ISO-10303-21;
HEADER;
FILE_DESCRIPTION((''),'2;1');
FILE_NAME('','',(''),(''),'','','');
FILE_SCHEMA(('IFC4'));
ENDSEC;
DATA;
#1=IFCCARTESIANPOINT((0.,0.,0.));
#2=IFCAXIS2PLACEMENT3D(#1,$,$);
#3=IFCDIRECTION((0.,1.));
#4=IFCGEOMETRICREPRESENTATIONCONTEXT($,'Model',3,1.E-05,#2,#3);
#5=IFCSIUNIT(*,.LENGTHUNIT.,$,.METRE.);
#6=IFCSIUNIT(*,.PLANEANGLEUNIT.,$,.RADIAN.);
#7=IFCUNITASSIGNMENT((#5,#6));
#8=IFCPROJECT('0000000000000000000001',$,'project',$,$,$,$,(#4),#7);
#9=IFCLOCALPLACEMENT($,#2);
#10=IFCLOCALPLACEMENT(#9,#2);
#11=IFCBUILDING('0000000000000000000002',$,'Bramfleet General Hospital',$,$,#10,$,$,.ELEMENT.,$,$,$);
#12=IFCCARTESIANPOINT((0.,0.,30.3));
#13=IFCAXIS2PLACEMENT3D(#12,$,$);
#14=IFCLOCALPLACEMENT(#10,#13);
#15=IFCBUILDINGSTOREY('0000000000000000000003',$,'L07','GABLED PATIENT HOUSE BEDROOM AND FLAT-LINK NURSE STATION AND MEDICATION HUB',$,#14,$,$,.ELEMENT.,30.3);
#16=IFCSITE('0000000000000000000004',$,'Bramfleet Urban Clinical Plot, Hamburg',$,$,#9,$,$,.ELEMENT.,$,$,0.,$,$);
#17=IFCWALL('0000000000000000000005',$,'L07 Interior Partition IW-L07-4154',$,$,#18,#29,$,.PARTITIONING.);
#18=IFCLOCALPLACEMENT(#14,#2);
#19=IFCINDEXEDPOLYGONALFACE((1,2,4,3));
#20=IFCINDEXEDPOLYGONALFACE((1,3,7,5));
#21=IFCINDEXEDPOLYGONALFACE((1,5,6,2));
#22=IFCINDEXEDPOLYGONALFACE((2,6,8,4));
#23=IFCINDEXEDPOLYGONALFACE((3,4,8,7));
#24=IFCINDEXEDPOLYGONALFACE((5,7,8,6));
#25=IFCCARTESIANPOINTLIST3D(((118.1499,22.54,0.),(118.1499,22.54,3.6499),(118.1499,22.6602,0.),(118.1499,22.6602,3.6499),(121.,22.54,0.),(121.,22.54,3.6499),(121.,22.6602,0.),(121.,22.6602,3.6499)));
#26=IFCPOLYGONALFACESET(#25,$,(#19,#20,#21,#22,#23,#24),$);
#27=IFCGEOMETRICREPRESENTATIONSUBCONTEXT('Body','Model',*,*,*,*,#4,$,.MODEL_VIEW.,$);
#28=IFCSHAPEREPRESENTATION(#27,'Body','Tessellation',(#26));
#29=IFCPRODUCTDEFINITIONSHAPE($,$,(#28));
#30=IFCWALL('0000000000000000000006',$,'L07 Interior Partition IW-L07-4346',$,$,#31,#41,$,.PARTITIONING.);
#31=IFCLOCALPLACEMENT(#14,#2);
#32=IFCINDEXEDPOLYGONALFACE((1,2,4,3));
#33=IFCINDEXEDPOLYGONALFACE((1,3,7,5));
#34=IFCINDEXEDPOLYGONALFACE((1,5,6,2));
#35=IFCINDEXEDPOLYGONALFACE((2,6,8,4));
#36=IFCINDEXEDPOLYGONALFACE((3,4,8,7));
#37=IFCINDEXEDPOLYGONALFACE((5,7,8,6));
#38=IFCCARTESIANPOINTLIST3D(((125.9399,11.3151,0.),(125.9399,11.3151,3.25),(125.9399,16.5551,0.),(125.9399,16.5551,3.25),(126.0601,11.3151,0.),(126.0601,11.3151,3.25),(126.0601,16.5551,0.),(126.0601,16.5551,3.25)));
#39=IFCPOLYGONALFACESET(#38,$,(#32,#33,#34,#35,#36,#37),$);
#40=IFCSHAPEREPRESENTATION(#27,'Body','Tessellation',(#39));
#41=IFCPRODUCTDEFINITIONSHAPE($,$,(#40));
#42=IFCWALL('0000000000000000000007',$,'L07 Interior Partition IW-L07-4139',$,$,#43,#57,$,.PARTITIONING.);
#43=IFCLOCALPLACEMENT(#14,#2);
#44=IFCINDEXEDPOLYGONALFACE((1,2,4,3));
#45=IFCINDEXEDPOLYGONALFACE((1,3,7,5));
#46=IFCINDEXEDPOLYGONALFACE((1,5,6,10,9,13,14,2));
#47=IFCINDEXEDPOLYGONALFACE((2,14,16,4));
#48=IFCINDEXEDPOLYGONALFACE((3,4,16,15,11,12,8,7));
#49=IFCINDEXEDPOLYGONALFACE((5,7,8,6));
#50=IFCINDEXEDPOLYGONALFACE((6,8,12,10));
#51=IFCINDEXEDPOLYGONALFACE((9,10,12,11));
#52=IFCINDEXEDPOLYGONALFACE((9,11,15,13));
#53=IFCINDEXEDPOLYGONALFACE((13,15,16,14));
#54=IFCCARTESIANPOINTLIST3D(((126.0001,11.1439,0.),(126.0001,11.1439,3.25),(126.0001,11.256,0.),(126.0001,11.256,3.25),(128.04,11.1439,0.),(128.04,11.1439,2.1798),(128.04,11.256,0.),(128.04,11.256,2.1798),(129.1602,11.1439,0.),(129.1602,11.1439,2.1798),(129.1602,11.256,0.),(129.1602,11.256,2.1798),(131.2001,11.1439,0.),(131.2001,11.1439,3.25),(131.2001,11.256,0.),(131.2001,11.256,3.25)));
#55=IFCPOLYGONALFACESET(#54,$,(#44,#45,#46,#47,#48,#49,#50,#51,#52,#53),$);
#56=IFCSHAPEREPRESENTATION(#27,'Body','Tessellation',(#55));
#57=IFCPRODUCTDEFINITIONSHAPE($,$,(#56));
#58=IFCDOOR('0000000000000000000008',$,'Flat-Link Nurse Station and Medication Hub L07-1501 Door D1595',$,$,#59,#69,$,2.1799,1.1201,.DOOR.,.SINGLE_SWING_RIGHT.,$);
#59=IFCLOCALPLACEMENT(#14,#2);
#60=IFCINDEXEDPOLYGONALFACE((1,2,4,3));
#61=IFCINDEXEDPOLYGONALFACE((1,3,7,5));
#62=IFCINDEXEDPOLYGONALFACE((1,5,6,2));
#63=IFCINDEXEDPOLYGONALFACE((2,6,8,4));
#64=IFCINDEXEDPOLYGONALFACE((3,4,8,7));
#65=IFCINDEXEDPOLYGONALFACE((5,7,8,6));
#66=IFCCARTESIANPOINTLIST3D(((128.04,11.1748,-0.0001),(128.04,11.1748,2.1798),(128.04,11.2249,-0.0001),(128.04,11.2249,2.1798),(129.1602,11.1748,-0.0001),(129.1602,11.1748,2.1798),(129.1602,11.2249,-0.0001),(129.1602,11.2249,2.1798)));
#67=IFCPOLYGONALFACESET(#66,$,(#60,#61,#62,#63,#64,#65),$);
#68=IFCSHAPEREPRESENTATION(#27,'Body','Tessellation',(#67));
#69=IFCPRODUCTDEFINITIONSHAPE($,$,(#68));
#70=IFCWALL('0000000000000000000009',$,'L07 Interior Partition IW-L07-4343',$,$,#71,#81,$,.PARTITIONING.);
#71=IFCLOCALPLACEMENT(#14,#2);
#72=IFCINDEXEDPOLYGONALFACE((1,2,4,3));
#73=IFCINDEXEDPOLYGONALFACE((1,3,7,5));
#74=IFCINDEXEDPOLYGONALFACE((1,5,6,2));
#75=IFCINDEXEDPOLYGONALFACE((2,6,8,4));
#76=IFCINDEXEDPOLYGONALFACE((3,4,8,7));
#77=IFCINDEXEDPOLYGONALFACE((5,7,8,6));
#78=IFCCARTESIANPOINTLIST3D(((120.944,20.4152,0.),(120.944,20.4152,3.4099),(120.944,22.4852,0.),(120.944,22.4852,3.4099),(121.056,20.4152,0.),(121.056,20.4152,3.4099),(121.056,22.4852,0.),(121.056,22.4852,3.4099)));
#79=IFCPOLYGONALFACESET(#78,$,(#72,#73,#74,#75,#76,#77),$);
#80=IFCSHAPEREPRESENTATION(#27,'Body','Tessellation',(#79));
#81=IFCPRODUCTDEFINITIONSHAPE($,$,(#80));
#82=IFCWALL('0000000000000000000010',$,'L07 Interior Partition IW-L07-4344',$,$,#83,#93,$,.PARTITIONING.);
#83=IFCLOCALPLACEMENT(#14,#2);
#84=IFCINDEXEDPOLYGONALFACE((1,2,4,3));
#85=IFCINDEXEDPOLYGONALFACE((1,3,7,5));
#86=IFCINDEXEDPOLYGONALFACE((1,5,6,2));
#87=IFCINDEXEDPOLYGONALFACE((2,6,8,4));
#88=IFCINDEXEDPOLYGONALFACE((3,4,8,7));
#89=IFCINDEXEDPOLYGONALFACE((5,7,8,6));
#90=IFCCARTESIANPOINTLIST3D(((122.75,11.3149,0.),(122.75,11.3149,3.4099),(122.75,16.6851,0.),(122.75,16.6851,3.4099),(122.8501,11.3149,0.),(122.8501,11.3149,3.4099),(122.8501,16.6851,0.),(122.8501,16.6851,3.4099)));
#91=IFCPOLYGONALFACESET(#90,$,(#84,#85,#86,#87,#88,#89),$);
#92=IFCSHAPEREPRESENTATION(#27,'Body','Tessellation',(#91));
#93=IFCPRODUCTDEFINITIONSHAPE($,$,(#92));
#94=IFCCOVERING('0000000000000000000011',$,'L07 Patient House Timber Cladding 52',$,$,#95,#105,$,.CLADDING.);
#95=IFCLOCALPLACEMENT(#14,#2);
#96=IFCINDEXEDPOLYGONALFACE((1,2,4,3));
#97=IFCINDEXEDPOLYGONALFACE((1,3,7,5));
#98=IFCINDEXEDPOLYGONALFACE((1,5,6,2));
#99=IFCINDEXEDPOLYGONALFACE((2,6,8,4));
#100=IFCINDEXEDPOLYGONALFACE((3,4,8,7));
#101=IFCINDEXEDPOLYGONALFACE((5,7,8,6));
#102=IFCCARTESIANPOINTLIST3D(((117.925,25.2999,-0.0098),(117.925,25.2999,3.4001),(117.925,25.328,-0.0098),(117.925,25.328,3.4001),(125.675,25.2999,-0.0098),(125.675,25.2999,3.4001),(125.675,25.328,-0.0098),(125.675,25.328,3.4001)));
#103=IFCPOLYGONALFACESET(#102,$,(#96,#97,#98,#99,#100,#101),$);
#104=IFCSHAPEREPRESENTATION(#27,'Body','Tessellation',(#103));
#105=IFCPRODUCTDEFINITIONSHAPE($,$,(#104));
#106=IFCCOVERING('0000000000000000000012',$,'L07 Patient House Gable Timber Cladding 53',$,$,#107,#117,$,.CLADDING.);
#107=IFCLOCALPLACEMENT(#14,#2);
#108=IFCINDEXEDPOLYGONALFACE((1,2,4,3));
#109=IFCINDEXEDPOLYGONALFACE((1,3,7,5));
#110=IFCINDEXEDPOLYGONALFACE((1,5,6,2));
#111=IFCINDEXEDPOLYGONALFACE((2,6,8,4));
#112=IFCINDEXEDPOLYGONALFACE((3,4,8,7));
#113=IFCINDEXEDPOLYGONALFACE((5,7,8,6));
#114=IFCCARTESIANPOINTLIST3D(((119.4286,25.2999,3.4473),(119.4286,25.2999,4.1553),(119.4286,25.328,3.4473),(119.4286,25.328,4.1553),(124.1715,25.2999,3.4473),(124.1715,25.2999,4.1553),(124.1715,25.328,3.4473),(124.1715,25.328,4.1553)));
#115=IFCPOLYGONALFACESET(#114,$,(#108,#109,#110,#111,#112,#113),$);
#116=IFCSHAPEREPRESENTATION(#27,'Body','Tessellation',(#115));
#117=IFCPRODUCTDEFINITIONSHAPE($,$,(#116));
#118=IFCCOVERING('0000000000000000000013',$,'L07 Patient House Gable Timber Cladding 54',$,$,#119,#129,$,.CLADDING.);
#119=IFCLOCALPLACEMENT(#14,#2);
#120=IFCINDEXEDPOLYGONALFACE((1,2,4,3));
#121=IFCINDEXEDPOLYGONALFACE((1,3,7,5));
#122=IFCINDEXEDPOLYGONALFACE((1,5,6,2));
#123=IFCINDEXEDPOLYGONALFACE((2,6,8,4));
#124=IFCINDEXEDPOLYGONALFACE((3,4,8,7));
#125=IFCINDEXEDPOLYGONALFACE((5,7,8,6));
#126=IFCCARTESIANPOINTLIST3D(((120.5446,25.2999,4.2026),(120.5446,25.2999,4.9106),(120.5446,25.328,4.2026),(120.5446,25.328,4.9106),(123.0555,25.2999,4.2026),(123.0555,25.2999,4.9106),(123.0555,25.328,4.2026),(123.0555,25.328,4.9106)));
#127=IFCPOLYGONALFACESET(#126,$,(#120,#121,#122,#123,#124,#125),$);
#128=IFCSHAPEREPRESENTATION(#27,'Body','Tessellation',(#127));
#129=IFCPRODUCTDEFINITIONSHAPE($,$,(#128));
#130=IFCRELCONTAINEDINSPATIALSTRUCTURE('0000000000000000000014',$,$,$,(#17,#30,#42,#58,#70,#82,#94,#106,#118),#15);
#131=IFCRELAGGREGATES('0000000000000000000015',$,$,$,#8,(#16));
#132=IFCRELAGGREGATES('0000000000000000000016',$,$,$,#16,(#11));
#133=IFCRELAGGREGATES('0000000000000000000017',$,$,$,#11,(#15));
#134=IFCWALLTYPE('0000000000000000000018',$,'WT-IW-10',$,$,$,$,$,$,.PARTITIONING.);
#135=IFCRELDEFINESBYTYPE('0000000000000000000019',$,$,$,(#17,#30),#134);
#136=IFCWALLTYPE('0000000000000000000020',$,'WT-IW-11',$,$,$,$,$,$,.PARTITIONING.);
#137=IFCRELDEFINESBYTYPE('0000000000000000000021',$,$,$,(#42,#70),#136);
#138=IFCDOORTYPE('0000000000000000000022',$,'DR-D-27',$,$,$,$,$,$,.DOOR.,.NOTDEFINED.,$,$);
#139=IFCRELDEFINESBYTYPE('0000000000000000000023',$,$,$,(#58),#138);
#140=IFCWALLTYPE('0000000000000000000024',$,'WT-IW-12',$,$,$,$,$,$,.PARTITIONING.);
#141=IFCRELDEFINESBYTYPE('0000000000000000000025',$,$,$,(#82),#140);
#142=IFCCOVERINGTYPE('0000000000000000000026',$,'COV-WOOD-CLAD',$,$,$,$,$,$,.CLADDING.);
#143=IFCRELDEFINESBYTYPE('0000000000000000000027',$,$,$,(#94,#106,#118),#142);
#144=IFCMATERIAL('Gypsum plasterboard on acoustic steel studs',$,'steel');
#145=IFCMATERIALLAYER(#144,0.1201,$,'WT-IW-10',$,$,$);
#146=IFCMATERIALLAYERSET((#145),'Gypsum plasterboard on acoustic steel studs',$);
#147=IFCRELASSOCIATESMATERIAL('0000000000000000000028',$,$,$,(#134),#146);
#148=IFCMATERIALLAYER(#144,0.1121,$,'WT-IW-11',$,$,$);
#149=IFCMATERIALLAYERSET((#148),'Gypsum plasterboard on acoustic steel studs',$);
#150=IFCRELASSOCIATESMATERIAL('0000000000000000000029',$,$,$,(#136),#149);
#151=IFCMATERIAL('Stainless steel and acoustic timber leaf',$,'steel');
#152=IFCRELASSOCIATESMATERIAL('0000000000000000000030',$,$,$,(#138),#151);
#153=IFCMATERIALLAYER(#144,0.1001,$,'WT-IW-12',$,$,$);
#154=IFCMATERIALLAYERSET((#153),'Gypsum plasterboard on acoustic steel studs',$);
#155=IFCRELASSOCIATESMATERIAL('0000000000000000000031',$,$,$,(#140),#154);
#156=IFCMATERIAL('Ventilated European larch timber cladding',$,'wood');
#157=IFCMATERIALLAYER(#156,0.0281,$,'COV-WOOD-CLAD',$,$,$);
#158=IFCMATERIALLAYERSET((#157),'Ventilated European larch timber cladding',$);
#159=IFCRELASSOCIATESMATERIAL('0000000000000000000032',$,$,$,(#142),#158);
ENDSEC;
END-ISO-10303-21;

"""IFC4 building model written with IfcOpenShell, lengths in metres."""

from ifc_helpers import new_model, si_unit, direction, frame, frame_2d, origin, origin_2d, place, context, subcontext, project, spatial, rectangle, extrude, material, layer, layer_set, type_object, element, fill, save


model = new_model("IFC4")

# Units and contexts
model_context = context("Model", 3, precision=1e-05, world=origin(), true_north=direction((0.0, 1.0)))
body_context = subcontext(model_context, "Body", "Model", "MODEL_VIEW")
ifc_project = project(units=[si_unit("LENGTHUNIT", "METRE"), si_unit("PLANEANGLEUNIT", "RADIAN")], contexts=[model_context])

# Site, building, storey
site_placement = place(None, origin())
site = spatial("IfcSite", under=ifc_project, at=site_placement, Name="Bramfleet Urban Clinical Plot, Hamburg", CompositionType="ELEMENT", RefElevation=0.0)
building_placement = place(site_placement, origin())
building = spatial("IfcBuilding", under=site, at=building_placement, Name="Bramfleet General Hospital", CompositionType="ELEMENT")
storey_placement = place(building_placement, frame((0.0, 0.0, 30.3)))
storey = spatial("IfcBuildingStorey", under=building, at=storey_placement, Name="L07", Description="GABLED PATIENT HOUSE BEDROOM AND FLAT-LINK NURSE STATION AND MEDICATION HUB", CompositionType="ELEMENT", Elevation=30.3)

# Shared definitions
ifc_material_1 = material(Name="Stainless steel and acoustic timber leaf", Category="steel")

# Shared definitions
ifc_material_2 = material(Name="Gypsum plasterboard on acoustic steel studs", Category="steel")

# Walls
ifc_layer_1 = layer(ifc_material_2, 0.1201, Name="WT-IW-10")
ifc_layer_set_1 = layer_set([ifc_layer_1], Name="Gypsum plasterboard on acoustic steel studs")
wall_type_1 = type_object("IfcWallType", Name="WT-IW-10", PredefinedType="PARTITIONING", material=ifc_layer_set_1)
wall_1_placement = place(storey_placement, frame((118.1499, 22.6001, 0.0), z_axis=(0.0, 0.0, 1.0), x_axis=(1.0, 0.0, 0.0)))
element("IfcWall", 1, at=wall_1_placement, inside=storey, type_object=wall_type_1, Name="L07 Interior Partition IW-L07-4154", PredefinedType="PARTITIONING", context=body_context, shape_type="SweptSolid", body=[
    extrude(rectangle(XDim=2.8501, YDim=0.1201, at=frame_2d((1.425, 0.0))), origin(), (0.0, 0.0, 1.0), 3.6499),
])
wall_2_placement = place(storey_placement, frame((126.0, 11.3149, 0.0), z_axis=(0.0, 0.0, 1.0), x_axis=(0.0, 1.0, 0.0)))
element("IfcWall", 2, at=wall_2_placement, inside=storey, type_object=wall_type_1, Name="L07 Interior Partition IW-L07-4346", PredefinedType="PARTITIONING", context=body_context, shape_type="SweptSolid", body=[
    extrude(rectangle(XDim=5.24, YDim=0.1201, at=frame_2d((2.6201, 0.0))), origin(), (0.0, 0.0, 1.0), 3.25),
])

# Wall, opening, door
ifc_layer_2 = layer(ifc_material_2, 0.1121, Name="WT-IW-11")
ifc_layer_set_2 = layer_set([ifc_layer_2], Name="Gypsum plasterboard on acoustic steel studs")
wall_type_2 = type_object("IfcWallType", Name="WT-IW-11", PredefinedType="PARTITIONING", material=ifc_layer_set_2)
wall_3_placement = place(storey_placement, frame((126.0, 11.2, 0.0), z_axis=(0.0, 0.0, 1.0), x_axis=(1.0, 0.0, 0.0)))
wall_3 = element("IfcWall", 3, at=wall_3_placement, inside=storey, type_object=wall_type_2, Name="L07 Interior Partition IW-L07-4139", PredefinedType="PARTITIONING", context=body_context, shape_type="SweptSolid", body=[
    extrude(rectangle(XDim=5.2, YDim=0.1121, at=frame_2d((2.6001, 0.0))), origin(), (0.0, 0.0, 1.0), 3.25),
])
opening_1_placement = place(wall_3_placement, frame((2.04, 0.0, 0.0)))
opening_1 = element("IfcOpeningElement", 4, at=opening_1_placement, cuts=wall_3, PredefinedType="OPENING", context=body_context, shape_type="SweptSolid", body=[
    extrude(rectangle(XDim=1.1201, YDim=2.1799, at=frame_2d((0.5601, 1.0898))), frame((0.0, 0.0659, 0.0), z_axis=(0.0, -1.0, 0.0), x_axis=(1.0, 0.0, 0.0)), (0.0, 0.0, 1.0), 0.1321),
])
door_type_1 = type_object("IfcDoorType", Name="DR-D-27", OperationType="NOTDEFINED", PredefinedType="DOOR", material=ifc_material_1)
door_1_placement = place(opening_1_placement, origin())
door_1 = element("IfcDoor", 5, at=door_1_placement, inside=storey, type_object=door_type_1, Name="Flat-Link Nurse Station and Medication Hub L07-1501 Door D1595", OperationType="SINGLE_SWING_RIGHT", OverallHeight=2.1799, OverallWidth=1.1201, PredefinedType="DOOR", context=body_context, shape_type="SweptSolid", body=[
    extrude(rectangle(XDim=1.1201, YDim=2.1799, at=frame_2d((0.5601, 1.0898))), frame((0.0, 0.0249, 0.0), z_axis=(0.0, -1.0, 0.0), x_axis=(1.0, 0.0, 0.0)), (0.0, 0.0, 1.0), 0.05),
])
fill(opening_1, door_1)

# Walls
wall_4_placement = place(storey_placement, frame((121.0, 20.415, 0.0), z_axis=(0.0, 0.0, 1.0), x_axis=(0.0, 1.0, 0.0)))
element("IfcWall", 6, at=wall_4_placement, inside=storey, type_object=wall_type_2, Name="L07 Interior Partition IW-L07-4343", PredefinedType="PARTITIONING", context=body_context, shape_type="SweptSolid", body=[
    extrude(rectangle(XDim=2.0701, YDim=0.1121, at=frame_2d((1.0352, 0.0))), origin(), (0.0, 0.0, 1.0), 3.4099),
])
ifc_layer_3 = layer(ifc_material_2, 0.1001, Name="WT-IW-12")
ifc_layer_set_3 = layer_set([ifc_layer_3], Name="Gypsum plasterboard on acoustic steel studs")
wall_type_3 = type_object("IfcWallType", Name="WT-IW-12", PredefinedType="PARTITIONING", material=ifc_layer_set_3)
wall_5_placement = place(storey_placement, frame((122.8, 11.3149, 0.0), z_axis=(0.0, 0.0, 1.0), x_axis=(0.0, 1.0, 0.0)))
element("IfcWall", 7, at=wall_5_placement, inside=storey, type_object=wall_type_3, Name="L07 Interior Partition IW-L07-4344", PredefinedType="PARTITIONING", context=body_context, shape_type="SweptSolid", body=[
    extrude(rectangle(XDim=5.3701, YDim=0.1001, at=frame_2d((2.6851, 0.0))), origin(), (0.0, 0.0, 1.0), 3.4099),
])

# Coverings
ifc_material_3 = material(Name="Ventilated European larch timber cladding", Category="wood")
ifc_layer_4 = layer(ifc_material_3, 0.0281, Name="COV-WOOD-CLAD")
ifc_layer_set_4 = layer_set([ifc_layer_4], Name="Ventilated European larch timber cladding")
covering_type = type_object("IfcCoveringType", Name="COV-WOOD-CLAD", PredefinedType="CLADDING", material=ifc_layer_set_4)
covering_1_placement = place(storey_placement, frame((121.8, 25.314, -0.0098), z_axis=(0.0, 0.0, 1.0), x_axis=(1.0, 0.0, 0.0)))
element("IfcCovering", 8, at=covering_1_placement, inside=storey, type_object=covering_type, Name="L07 Patient House Timber Cladding 52", PredefinedType="CLADDING", context=body_context, shape_type="SweptSolid", body=[
    extrude(rectangle(XDim=7.75, YDim=0.0281, at=origin_2d()), origin(), (0.0, 0.0, 1.0), 3.4099),
])
covering_2_placement = place(storey_placement, frame((121.8, 25.314, 3.4473), z_axis=(0.0, 0.0, 1.0), x_axis=(1.0, 0.0, 0.0)))
element("IfcCovering", 9, at=covering_2_placement, inside=storey, type_object=covering_type, Name="L07 Patient House Gable Timber Cladding 53", PredefinedType="CLADDING", context=body_context, shape_type="SweptSolid", body=[
    extrude(rectangle(XDim=4.7429, YDim=0.0281, at=origin_2d()), origin(), (0.0, 0.0, 1.0), 0.708),
])
covering_3_placement = place(storey_placement, frame((121.8, 25.314, 4.2026), z_axis=(0.0, 0.0, 1.0), x_axis=(1.0, 0.0, 0.0)))
element("IfcCovering", 10, at=covering_3_placement, inside=storey, type_object=covering_type, Name="L07 Patient House Gable Timber Cladding 54", PredefinedType="CLADDING", context=body_context, shape_type="SweptSolid", body=[
    extrude(rectangle(XDim=2.511, YDim=0.0281, at=origin_2d()), origin(), (0.0, 0.0, 1.0), 0.708),
])

save(model, "model.ifc")
